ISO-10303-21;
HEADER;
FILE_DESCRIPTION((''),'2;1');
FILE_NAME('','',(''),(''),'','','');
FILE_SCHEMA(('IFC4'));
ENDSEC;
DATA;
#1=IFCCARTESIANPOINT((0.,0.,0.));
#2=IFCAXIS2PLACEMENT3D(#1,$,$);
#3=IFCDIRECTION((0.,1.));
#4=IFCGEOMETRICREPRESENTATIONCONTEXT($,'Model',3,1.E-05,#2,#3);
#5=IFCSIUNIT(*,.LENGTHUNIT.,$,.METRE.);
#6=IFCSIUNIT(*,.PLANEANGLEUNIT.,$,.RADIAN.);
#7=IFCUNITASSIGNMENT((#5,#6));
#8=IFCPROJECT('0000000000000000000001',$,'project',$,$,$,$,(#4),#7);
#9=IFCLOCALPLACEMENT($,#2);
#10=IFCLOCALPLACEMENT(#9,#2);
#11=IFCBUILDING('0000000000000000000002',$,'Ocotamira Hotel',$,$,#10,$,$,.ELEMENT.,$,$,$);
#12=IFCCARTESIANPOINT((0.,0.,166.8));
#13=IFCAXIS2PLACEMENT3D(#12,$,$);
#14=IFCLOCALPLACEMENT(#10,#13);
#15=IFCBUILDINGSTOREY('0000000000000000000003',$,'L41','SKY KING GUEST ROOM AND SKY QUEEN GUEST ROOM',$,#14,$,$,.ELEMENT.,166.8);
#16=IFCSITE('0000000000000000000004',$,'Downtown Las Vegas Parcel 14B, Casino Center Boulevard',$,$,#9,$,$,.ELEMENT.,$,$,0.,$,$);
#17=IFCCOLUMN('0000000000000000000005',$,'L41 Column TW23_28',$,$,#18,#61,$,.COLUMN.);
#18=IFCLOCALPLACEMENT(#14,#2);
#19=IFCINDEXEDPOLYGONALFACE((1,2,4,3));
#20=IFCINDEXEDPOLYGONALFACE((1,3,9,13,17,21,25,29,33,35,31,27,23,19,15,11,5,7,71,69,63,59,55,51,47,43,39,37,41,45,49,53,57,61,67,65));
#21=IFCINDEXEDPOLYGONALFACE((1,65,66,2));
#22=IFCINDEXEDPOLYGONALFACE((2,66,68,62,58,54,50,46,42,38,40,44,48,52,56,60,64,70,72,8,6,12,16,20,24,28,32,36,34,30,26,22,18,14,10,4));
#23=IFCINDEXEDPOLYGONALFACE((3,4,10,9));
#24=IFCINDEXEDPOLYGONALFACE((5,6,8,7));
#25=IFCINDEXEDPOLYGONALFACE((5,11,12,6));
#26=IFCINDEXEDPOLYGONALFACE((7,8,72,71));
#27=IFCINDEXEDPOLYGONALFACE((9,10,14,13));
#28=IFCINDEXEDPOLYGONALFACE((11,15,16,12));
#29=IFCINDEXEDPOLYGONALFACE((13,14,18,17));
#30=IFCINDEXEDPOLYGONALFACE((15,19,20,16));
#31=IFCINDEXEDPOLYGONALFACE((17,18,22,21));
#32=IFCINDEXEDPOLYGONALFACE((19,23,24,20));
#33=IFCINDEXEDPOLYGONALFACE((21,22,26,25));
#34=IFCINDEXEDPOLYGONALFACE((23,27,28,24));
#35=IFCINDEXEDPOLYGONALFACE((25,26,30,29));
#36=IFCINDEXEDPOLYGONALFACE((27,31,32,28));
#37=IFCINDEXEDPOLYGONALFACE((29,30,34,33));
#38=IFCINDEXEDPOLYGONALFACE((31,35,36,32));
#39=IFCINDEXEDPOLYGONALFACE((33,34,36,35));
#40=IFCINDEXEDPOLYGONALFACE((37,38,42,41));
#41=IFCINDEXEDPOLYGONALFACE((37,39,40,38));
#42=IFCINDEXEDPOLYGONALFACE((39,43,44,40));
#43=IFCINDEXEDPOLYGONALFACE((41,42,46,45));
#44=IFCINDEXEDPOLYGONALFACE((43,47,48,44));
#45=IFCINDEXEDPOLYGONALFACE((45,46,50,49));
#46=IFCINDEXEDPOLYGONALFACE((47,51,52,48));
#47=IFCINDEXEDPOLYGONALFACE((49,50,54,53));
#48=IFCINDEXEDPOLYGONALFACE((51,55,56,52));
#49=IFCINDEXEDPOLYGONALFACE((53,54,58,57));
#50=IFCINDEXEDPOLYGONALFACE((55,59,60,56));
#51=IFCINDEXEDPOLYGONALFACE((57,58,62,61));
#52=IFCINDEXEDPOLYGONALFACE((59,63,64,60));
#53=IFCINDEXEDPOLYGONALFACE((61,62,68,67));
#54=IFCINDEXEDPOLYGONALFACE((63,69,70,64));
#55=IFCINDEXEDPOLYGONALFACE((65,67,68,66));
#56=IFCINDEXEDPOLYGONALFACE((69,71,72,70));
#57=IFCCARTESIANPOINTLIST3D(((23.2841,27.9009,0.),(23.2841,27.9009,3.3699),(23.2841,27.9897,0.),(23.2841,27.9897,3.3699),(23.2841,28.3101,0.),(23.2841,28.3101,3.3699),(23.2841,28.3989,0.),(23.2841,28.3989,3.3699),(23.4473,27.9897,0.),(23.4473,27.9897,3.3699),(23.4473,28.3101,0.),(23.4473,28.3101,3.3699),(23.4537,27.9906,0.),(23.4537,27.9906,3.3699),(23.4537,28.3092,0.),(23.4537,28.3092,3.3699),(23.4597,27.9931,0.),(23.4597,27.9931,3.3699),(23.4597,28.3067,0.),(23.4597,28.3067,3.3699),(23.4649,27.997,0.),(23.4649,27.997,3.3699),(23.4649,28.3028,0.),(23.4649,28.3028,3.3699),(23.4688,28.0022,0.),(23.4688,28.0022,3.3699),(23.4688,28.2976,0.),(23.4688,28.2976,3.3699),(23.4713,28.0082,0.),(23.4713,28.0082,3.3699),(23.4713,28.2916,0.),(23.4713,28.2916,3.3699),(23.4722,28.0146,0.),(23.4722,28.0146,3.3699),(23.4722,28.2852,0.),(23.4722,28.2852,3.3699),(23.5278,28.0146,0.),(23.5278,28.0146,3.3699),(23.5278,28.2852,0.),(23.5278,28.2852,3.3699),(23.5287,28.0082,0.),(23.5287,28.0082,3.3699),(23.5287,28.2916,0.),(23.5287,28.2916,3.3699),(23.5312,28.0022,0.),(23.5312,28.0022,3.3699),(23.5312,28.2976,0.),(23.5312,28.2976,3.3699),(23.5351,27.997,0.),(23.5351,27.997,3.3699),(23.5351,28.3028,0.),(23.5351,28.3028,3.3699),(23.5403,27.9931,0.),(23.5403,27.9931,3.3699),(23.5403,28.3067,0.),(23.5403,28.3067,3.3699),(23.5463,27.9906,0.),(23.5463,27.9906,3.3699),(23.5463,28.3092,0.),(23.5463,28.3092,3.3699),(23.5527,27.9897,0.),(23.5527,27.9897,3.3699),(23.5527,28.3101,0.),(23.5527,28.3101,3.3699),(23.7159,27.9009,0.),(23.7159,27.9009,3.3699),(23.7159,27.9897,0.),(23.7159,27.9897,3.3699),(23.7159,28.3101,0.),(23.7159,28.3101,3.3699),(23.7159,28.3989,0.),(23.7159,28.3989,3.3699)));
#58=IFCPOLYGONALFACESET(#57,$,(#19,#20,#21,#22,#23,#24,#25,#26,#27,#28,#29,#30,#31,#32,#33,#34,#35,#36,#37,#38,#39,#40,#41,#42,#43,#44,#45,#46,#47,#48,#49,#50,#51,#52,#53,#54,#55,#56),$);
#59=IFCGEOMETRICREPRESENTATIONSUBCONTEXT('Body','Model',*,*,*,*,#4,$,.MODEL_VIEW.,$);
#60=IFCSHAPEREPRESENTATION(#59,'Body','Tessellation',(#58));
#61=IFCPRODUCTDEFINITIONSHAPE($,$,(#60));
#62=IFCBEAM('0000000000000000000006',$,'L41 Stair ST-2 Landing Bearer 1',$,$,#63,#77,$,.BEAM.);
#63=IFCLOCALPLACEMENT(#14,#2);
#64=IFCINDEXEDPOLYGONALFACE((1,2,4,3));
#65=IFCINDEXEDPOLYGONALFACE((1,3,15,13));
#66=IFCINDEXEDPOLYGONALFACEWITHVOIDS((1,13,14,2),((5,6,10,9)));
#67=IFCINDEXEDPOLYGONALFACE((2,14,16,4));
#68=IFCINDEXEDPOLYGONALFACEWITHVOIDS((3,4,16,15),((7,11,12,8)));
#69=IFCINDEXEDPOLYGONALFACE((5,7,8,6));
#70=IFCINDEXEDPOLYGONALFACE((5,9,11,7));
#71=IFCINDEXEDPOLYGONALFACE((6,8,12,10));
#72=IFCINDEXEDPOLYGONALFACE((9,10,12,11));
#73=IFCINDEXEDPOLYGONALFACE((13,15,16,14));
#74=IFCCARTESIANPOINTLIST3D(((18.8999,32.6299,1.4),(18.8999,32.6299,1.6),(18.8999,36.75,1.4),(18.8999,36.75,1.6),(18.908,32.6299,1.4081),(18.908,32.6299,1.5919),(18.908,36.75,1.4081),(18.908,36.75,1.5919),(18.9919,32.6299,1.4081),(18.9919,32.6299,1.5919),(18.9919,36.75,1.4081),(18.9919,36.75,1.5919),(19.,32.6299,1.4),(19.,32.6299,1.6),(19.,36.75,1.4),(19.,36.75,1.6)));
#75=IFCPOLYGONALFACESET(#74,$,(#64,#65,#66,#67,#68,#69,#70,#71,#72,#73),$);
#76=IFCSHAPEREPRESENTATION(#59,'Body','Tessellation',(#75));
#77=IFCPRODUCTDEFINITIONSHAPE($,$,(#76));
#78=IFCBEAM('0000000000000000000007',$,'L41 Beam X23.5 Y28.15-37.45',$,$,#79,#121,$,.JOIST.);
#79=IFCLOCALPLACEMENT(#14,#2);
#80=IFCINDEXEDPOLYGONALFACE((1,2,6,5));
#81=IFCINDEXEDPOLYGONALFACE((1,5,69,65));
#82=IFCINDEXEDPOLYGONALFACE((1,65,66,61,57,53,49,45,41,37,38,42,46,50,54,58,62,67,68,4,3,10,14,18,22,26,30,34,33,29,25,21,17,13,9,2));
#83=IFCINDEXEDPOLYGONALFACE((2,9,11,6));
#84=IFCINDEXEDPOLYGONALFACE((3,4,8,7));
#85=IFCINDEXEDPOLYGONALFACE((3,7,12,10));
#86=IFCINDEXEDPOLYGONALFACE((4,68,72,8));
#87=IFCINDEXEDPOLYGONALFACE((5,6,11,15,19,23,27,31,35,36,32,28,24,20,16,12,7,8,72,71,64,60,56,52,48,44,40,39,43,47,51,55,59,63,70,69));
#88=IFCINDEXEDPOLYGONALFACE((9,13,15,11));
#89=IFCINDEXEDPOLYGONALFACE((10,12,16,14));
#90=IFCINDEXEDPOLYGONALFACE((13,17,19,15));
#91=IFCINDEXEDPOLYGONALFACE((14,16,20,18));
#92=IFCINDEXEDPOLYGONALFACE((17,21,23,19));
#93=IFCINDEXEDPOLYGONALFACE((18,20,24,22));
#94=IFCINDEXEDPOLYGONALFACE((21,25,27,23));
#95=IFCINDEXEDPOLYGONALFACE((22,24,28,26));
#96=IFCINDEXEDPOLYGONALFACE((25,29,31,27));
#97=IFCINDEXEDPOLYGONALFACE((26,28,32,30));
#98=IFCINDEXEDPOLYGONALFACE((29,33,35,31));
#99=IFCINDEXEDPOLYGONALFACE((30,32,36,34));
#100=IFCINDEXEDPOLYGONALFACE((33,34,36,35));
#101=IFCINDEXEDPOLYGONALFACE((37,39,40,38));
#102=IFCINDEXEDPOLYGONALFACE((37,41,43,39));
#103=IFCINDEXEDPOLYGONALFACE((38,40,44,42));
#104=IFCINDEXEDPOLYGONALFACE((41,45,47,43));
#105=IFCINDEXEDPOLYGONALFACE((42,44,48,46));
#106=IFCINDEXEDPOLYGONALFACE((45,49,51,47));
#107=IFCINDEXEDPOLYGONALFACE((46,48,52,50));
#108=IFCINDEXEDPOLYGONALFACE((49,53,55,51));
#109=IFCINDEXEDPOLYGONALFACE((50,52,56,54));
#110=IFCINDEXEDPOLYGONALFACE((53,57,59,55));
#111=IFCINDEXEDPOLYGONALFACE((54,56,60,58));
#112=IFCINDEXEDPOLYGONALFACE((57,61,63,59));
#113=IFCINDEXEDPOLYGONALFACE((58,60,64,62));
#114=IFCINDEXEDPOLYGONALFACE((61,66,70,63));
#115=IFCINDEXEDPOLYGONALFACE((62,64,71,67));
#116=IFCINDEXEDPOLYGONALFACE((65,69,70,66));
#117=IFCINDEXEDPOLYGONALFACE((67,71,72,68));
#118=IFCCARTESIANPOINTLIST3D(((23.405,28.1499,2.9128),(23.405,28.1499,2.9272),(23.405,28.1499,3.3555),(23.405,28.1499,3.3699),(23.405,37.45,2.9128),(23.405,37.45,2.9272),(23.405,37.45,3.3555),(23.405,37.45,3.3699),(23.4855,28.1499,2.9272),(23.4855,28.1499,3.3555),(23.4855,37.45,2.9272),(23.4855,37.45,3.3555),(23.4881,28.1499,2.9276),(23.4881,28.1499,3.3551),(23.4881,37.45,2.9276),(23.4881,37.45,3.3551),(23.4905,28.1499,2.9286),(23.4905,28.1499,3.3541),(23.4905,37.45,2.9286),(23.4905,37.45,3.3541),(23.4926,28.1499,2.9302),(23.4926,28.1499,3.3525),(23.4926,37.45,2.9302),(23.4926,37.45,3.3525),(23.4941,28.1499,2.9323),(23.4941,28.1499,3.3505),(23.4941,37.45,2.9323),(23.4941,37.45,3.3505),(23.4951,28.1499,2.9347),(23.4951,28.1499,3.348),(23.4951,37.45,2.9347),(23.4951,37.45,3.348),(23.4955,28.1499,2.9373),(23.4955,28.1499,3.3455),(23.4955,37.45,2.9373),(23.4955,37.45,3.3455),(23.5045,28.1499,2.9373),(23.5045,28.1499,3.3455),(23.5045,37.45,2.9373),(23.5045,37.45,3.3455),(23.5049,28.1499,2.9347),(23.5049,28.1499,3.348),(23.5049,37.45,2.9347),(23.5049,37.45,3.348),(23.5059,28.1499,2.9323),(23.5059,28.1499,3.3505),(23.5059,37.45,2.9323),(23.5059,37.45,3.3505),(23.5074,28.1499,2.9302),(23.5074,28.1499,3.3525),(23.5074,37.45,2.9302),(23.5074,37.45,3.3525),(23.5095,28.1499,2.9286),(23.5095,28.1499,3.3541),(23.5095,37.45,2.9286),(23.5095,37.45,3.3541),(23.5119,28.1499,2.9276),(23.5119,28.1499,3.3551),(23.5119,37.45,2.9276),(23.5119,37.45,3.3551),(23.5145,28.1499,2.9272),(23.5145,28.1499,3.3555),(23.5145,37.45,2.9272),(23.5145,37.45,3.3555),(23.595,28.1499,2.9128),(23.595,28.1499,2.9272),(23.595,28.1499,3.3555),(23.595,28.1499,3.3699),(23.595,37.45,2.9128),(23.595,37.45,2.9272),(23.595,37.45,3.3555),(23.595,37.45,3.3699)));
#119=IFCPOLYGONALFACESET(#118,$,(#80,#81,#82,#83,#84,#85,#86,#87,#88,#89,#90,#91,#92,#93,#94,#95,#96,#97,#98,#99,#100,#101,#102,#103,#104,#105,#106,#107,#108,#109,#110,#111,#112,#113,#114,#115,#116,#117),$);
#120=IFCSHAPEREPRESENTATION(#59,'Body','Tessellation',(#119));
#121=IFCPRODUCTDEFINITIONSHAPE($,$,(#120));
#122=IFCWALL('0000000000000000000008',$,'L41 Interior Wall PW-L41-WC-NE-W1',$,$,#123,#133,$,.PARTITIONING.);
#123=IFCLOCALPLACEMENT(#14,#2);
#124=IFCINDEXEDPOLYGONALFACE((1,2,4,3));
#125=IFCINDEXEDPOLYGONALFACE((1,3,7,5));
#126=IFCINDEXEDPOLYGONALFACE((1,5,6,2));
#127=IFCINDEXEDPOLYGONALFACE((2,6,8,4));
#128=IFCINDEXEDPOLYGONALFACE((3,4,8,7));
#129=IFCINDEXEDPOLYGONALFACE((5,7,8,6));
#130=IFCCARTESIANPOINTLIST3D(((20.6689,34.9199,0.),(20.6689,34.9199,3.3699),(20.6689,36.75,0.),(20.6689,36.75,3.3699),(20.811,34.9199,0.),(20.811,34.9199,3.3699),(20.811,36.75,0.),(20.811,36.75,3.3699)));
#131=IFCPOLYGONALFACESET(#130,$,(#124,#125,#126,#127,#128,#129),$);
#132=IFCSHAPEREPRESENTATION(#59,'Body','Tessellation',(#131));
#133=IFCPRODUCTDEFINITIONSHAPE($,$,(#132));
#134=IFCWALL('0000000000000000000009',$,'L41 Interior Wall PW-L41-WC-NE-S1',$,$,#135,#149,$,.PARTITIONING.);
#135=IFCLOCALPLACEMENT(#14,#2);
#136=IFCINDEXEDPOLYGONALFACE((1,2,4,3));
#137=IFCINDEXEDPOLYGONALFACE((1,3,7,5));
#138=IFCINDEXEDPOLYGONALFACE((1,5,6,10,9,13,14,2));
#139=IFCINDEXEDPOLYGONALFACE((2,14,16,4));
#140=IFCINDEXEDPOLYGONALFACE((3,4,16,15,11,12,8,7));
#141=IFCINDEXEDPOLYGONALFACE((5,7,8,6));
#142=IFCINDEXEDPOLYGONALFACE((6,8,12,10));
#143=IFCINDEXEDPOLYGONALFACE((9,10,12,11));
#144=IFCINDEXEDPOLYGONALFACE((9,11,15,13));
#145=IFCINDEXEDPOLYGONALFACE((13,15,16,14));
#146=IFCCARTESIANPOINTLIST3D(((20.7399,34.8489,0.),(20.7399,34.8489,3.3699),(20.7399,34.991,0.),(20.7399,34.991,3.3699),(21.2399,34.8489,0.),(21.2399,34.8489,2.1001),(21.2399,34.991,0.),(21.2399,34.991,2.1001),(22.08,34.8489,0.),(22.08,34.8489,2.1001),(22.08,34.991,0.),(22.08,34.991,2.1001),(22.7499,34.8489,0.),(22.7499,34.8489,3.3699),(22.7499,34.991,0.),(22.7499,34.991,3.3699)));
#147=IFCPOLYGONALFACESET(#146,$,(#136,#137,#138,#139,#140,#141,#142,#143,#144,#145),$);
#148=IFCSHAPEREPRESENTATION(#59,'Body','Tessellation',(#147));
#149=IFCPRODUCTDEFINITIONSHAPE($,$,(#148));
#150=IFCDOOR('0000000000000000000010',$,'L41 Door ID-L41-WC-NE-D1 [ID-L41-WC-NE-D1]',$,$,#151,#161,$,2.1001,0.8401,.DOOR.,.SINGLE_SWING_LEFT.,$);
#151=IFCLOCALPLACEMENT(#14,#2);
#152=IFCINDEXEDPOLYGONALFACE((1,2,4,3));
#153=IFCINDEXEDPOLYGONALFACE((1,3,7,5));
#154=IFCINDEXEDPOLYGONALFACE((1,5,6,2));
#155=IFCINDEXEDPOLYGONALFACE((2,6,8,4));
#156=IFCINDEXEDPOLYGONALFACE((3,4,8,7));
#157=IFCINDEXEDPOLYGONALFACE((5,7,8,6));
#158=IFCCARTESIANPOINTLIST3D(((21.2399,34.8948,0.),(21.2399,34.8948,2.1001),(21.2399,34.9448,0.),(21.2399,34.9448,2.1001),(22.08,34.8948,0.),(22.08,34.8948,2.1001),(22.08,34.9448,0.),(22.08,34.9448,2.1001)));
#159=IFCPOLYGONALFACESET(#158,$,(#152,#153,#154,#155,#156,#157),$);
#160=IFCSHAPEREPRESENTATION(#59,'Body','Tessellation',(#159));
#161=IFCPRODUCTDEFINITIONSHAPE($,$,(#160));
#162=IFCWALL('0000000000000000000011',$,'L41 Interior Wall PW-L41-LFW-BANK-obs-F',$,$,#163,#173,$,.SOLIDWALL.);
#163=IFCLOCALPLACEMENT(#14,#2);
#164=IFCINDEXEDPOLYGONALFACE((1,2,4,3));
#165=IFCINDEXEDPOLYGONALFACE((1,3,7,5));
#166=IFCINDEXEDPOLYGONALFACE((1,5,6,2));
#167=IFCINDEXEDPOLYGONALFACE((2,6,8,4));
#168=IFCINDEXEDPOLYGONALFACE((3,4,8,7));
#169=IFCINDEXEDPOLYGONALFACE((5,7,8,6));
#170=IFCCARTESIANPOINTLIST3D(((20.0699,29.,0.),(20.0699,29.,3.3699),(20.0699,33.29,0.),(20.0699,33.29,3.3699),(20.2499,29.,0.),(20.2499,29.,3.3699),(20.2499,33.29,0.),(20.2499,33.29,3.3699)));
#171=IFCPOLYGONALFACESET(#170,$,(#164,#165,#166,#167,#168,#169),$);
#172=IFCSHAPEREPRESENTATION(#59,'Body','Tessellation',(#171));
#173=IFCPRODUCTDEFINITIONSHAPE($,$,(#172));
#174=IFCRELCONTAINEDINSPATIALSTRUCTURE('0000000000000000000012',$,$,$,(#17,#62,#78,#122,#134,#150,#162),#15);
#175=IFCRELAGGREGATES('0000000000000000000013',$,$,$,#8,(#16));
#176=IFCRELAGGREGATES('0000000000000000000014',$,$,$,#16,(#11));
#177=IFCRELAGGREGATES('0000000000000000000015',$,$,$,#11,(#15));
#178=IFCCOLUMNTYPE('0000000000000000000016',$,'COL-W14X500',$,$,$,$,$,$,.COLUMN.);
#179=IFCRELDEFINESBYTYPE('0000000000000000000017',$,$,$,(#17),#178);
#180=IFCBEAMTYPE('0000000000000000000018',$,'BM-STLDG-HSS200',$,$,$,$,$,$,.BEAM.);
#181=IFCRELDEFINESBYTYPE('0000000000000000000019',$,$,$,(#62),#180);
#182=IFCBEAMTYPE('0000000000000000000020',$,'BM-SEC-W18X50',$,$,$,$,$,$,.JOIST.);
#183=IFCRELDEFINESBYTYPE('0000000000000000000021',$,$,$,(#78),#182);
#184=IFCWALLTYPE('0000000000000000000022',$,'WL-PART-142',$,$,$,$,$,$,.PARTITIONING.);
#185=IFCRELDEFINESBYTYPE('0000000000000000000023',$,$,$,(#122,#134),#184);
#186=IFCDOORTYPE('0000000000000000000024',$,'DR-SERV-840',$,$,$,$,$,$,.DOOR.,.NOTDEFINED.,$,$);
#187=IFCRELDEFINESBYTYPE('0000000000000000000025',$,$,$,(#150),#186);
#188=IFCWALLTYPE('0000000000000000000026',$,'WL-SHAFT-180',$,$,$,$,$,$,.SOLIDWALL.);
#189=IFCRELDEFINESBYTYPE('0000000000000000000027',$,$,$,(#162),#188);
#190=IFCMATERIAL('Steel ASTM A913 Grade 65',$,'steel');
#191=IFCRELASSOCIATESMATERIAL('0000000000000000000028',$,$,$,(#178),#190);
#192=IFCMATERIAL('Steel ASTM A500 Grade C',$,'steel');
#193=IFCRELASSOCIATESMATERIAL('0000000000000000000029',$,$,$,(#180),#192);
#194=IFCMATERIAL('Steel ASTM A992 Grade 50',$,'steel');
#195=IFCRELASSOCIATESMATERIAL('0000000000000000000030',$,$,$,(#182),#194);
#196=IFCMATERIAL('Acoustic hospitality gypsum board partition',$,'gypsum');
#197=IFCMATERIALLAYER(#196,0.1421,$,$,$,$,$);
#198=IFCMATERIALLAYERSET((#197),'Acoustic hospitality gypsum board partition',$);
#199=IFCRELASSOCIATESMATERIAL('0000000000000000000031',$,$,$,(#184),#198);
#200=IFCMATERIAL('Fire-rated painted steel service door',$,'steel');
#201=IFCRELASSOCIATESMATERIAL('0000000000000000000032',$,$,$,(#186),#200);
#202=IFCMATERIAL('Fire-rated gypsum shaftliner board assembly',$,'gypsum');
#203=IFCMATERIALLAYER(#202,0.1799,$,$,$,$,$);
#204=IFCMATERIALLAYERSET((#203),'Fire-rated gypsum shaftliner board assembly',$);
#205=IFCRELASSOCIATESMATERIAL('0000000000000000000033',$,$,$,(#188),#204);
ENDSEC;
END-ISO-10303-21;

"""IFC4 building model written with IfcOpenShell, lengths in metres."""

from ifc_helpers import new_model, si_unit, direction, frame, frame_2d, origin, origin_2d, place, context, subcontext, project, spatial, rectangle, hollow_rectangle, i_section, extrude, source, transform, mapped, material, layer, layer_set, material_profile, profile_set, type_object, element, fill, save


model = new_model("IFC4")

# Units and contexts
model_context = context("Model", 3, precision=1e-05, world=origin(), true_north=direction((0.0, 1.0)))
body_context = subcontext(model_context, "Body", "Model", "MODEL_VIEW")
ifc_project = project(units=[si_unit("LENGTHUNIT", "METRE"), si_unit("PLANEANGLEUNIT", "RADIAN")], contexts=[model_context])

# Site, building, storey
site_placement = place(None, origin())
site = spatial("IfcSite", under=ifc_project, at=site_placement, Name="Downtown Las Vegas Parcel 14B, Casino Center Boulevard", CompositionType="ELEMENT", RefElevation=0.0)
building_placement = place(site_placement, origin())
building = spatial("IfcBuilding", under=site, at=building_placement, Name="Ocotamira Hotel", CompositionType="ELEMENT")
storey_placement = place(building_placement, frame((0.0, 0.0, 166.8)))
storey = spatial("IfcBuildingStorey", under=building, at=storey_placement, Name="L41", Description="SKY KING GUEST ROOM AND SKY QUEEN GUEST ROOM", CompositionType="ELEMENT", Elevation=166.8)

# Column
ifc_material_1 = material(Name="Steel ASTM A913 Grade 65", Category="steel")
ifc_material_profile_1 = material_profile(ifc_material_1, i_section(OverallWidth=0.4319, OverallDepth=0.498, WebThickness=0.0557, FlangeThickness=0.0889, FilletRadius=0.0249, at=origin_2d()), Name="W14X500")
ifc_profile_set_1 = profile_set([ifc_material_profile_1], Name="Steel ASTM A913 Grade 65")
column_type = type_object("IfcColumnType", Name="COL-W14X500", PredefinedType="COLUMN", material=ifc_profile_set_1)
shared_shape_1 = source(origin(), body_context, "Body", "SweptSolid", [
    extrude(i_section(OverallWidth=0.4319, OverallDepth=0.498, WebThickness=0.0557, FlangeThickness=0.0889, FilletRadius=0.0249, at=origin_2d()), origin(), (0.0, 0.0, 1.0), 3.3699),
])
column_placement = place(storey_placement, frame((23.5, 28.1499, 0.0), z_axis=(0.0, 0.0, 1.0), x_axis=(1.0, 0.0, 0.0)))
element("IfcColumn", 1, at=column_placement, inside=storey, type_object=column_type, Name="L41 Column TW23_28", PredefinedType="COLUMN", context=body_context, shape_type="MappedRepresentation", body=[
    mapped(shared_shape_1, transform((0.0, 0.0, 0.0), scale=1.0)),
])

# Beams
ifc_material_2 = material(Name="Steel ASTM A500 Grade C", Category="steel")
ifc_material_profile_2 = material_profile(ifc_material_2, hollow_rectangle(XDim=0.1001, YDim=0.2, WallThickness=0.0081, at=origin_2d()), Name="HSS200X100X8")
ifc_profile_set_2 = profile_set([ifc_material_profile_2], Name="Steel ASTM A500 Grade C")
beam_type_1 = type_object("IfcBeamType", Name="BM-STLDG-HSS200", PredefinedType="BEAM", material=ifc_profile_set_2)
shared_shape_2 = source(origin(), body_context, "Body", "SweptSolid", [
    extrude(hollow_rectangle(XDim=0.1001, YDim=0.2, WallThickness=0.0081, at=origin_2d()), origin(), (0.0, 0.0, 1.0), 4.1201),
])
beam_1_placement = place(storey_placement, frame((18.95, 32.6299, 1.5), z_axis=(0.0, 1.0, 0.0), x_axis=(-1.0, 0.0, 0.0)))
element("IfcBeam", 2, at=beam_1_placement, inside=storey, type_object=beam_type_1, Name="L41 Stair ST-2 Landing Bearer 1", PredefinedType="BEAM", context=body_context, shape_type="MappedRepresentation", body=[
    mapped(shared_shape_2, transform((0.0, 0.0, 0.0), scale=1.0)),
])
ifc_material_3 = material(Name="Steel ASTM A992 Grade 50", Category="steel")
ifc_material_profile_3 = material_profile(ifc_material_3, i_section(OverallWidth=0.1899, OverallDepth=0.457, WebThickness=0.009, FlangeThickness=0.0144, FilletRadius=0.01, at=origin_2d()), Name="W18X50")
ifc_profile_set_3 = profile_set([ifc_material_profile_3], Name="Steel ASTM A992 Grade 50")
beam_type_2 = type_object("IfcBeamType", Name="BM-SEC-W18X50", PredefinedType="JOIST", material=ifc_profile_set_3)
shared_shape_3 = source(origin(), body_context, "Body", "SweptSolid", [
    extrude(i_section(OverallWidth=0.1899, OverallDepth=0.457, WebThickness=0.009, FlangeThickness=0.0144, FilletRadius=0.01, at=origin_2d()), origin(), (0.0, 0.0, 1.0), 9.3),
])
beam_2_placement = place(storey_placement, frame((23.5, 28.1499, 3.1414), z_axis=(0.0, 1.0, 0.0), x_axis=(-1.0, 0.0, 0.0)))
element("IfcBeam", 3, at=beam_2_placement, inside=storey, type_object=beam_type_2, Name="L41 Beam X23.5 Y28.15-37.45", PredefinedType="JOIST", context=body_context, shape_type="MappedRepresentation", body=[
    mapped(shared_shape_3, transform((0.0, 0.0, 0.0), scale=1.0)),
])

# Wall
ifc_material_4 = material(Name="Acoustic hospitality gypsum board partition", Category="gypsum")
ifc_layer_1 = layer(ifc_material_4, 0.1421)
ifc_layer_set_1 = layer_set([ifc_layer_1], Name="Acoustic hospitality gypsum board partition")
wall_type_1 = type_object("IfcWallType", Name="WL-PART-142", PredefinedType="PARTITIONING", material=ifc_layer_set_1)
wall_1_placement = place(storey_placement, frame((20.74, 34.9199, 0.0), z_axis=(0.0, 0.0, 1.0), x_axis=(0.0, 1.0, 0.0)))
element("IfcWall", 4, at=wall_1_placement, inside=storey, type_object=wall_type_1, Name="L41 Interior Wall PW-L41-WC-NE-W1", PredefinedType="PARTITIONING", context=body_context, shape_type="SweptSolid", body=[
    extrude(rectangle(XDim=1.8301, YDim=0.1421, at=frame_2d((0.915, 0.0))), origin(), (0.0, 0.0, 1.0), 3.3699),
])

# Wall, opening, door
wall_2_placement = place(storey_placement, frame((20.74, 34.9199, 0.0), z_axis=(0.0, 0.0, 1.0), x_axis=(1.0, 0.0, 0.0)))
wall_2 = element("IfcWall", 5, at=wall_2_placement, inside=storey, type_object=wall_type_1, Name="L41 Interior Wall PW-L41-WC-NE-S1", PredefinedType="PARTITIONING", context=body_context, shape_type="SweptSolid", body=[
    extrude(rectangle(XDim=2.01, YDim=0.1421, at=frame_2d((1.0049, 0.0))), origin(), (0.0, 0.0, 1.0), 3.3699),
])
opening_1_placement = place(wall_2_placement, frame((0.5, 0.0, 0.0)))
opening_1 = element("IfcOpeningElement", 6, at=opening_1_placement, cuts=wall_2, PredefinedType="OPENING", context=body_context, shape_type="SweptSolid", body=[
    extrude(rectangle(XDim=0.8401, YDim=2.1001, at=frame_2d((0.4199, 1.05))), frame((0.0, 0.0811, 0.0), z_axis=(0.0, -1.0, 0.0), x_axis=(1.0, 0.0, 0.0)), (0.0, 0.0, 1.0), 0.1621),
])
ifc_material_5 = material(Name="Fire-rated painted steel service door", Category="steel")
door_type_1 = type_object("IfcDoorType", Name="DR-SERV-840", OperationType="NOTDEFINED", PredefinedType="DOOR", material=ifc_material_5)
shared_shape_4 = source(origin(), body_context, "Body", "SweptSolid", [
    extrude(rectangle(XDim=0.8401, YDim=2.1001, at=frame_2d((0.4199, 1.05))), frame((0.0, 0.0249, 0.0), z_axis=(0.0, -1.0, 0.0), x_axis=(1.0, 0.0, 0.0)), (0.0, 0.0, 1.0), 0.05),
])
door_1_placement = place(opening_1_placement, origin())
door_1 = element("IfcDoor", 7, at=door_1_placement, inside=storey, type_object=door_type_1, Name="L41 Door ID-L41-WC-NE-D1 [ID-L41-WC-NE-D1]", OperationType="SINGLE_SWING_LEFT", OverallHeight=2.1001, OverallWidth=0.8401, PredefinedType="DOOR", context=body_context, shape_type="MappedRepresentation", body=[
    mapped(shared_shape_4, transform((0.0, 0.0, 0.0), scale=1.0)),
])
fill(opening_1, door_1)

# Wall
ifc_material_6 = material(Name="Fire-rated gypsum shaftliner board assembly", Category="gypsum")
ifc_layer_2 = layer(ifc_material_6, 0.1799)
ifc_layer_set_2 = layer_set([ifc_layer_2], Name="Fire-rated gypsum shaftliner board assembly")
wall_type_2 = type_object("IfcWallType", Name="WL-SHAFT-180", PredefinedType="SOLIDWALL", material=ifc_layer_set_2)
wall_3_placement = place(storey_placement, frame((20.1599, 29.0, 0.0), z_axis=(0.0, 0.0, 1.0), x_axis=(0.0, 1.0, 0.0)))
element("IfcWall", 8, at=wall_3_placement, inside=storey, type_object=wall_type_2, Name="L41 Interior Wall PW-L41-LFW-BANK-obs-F", PredefinedType="SOLIDWALL", context=body_context, shape_type="SweptSolid", body=[
    extrude(rectangle(XDim=4.29, YDim=0.1799, at=frame_2d((2.145, 0.0))), origin(), (0.0, 0.0, 1.0), 3.3699),
])

save(model, "model.ifc")
